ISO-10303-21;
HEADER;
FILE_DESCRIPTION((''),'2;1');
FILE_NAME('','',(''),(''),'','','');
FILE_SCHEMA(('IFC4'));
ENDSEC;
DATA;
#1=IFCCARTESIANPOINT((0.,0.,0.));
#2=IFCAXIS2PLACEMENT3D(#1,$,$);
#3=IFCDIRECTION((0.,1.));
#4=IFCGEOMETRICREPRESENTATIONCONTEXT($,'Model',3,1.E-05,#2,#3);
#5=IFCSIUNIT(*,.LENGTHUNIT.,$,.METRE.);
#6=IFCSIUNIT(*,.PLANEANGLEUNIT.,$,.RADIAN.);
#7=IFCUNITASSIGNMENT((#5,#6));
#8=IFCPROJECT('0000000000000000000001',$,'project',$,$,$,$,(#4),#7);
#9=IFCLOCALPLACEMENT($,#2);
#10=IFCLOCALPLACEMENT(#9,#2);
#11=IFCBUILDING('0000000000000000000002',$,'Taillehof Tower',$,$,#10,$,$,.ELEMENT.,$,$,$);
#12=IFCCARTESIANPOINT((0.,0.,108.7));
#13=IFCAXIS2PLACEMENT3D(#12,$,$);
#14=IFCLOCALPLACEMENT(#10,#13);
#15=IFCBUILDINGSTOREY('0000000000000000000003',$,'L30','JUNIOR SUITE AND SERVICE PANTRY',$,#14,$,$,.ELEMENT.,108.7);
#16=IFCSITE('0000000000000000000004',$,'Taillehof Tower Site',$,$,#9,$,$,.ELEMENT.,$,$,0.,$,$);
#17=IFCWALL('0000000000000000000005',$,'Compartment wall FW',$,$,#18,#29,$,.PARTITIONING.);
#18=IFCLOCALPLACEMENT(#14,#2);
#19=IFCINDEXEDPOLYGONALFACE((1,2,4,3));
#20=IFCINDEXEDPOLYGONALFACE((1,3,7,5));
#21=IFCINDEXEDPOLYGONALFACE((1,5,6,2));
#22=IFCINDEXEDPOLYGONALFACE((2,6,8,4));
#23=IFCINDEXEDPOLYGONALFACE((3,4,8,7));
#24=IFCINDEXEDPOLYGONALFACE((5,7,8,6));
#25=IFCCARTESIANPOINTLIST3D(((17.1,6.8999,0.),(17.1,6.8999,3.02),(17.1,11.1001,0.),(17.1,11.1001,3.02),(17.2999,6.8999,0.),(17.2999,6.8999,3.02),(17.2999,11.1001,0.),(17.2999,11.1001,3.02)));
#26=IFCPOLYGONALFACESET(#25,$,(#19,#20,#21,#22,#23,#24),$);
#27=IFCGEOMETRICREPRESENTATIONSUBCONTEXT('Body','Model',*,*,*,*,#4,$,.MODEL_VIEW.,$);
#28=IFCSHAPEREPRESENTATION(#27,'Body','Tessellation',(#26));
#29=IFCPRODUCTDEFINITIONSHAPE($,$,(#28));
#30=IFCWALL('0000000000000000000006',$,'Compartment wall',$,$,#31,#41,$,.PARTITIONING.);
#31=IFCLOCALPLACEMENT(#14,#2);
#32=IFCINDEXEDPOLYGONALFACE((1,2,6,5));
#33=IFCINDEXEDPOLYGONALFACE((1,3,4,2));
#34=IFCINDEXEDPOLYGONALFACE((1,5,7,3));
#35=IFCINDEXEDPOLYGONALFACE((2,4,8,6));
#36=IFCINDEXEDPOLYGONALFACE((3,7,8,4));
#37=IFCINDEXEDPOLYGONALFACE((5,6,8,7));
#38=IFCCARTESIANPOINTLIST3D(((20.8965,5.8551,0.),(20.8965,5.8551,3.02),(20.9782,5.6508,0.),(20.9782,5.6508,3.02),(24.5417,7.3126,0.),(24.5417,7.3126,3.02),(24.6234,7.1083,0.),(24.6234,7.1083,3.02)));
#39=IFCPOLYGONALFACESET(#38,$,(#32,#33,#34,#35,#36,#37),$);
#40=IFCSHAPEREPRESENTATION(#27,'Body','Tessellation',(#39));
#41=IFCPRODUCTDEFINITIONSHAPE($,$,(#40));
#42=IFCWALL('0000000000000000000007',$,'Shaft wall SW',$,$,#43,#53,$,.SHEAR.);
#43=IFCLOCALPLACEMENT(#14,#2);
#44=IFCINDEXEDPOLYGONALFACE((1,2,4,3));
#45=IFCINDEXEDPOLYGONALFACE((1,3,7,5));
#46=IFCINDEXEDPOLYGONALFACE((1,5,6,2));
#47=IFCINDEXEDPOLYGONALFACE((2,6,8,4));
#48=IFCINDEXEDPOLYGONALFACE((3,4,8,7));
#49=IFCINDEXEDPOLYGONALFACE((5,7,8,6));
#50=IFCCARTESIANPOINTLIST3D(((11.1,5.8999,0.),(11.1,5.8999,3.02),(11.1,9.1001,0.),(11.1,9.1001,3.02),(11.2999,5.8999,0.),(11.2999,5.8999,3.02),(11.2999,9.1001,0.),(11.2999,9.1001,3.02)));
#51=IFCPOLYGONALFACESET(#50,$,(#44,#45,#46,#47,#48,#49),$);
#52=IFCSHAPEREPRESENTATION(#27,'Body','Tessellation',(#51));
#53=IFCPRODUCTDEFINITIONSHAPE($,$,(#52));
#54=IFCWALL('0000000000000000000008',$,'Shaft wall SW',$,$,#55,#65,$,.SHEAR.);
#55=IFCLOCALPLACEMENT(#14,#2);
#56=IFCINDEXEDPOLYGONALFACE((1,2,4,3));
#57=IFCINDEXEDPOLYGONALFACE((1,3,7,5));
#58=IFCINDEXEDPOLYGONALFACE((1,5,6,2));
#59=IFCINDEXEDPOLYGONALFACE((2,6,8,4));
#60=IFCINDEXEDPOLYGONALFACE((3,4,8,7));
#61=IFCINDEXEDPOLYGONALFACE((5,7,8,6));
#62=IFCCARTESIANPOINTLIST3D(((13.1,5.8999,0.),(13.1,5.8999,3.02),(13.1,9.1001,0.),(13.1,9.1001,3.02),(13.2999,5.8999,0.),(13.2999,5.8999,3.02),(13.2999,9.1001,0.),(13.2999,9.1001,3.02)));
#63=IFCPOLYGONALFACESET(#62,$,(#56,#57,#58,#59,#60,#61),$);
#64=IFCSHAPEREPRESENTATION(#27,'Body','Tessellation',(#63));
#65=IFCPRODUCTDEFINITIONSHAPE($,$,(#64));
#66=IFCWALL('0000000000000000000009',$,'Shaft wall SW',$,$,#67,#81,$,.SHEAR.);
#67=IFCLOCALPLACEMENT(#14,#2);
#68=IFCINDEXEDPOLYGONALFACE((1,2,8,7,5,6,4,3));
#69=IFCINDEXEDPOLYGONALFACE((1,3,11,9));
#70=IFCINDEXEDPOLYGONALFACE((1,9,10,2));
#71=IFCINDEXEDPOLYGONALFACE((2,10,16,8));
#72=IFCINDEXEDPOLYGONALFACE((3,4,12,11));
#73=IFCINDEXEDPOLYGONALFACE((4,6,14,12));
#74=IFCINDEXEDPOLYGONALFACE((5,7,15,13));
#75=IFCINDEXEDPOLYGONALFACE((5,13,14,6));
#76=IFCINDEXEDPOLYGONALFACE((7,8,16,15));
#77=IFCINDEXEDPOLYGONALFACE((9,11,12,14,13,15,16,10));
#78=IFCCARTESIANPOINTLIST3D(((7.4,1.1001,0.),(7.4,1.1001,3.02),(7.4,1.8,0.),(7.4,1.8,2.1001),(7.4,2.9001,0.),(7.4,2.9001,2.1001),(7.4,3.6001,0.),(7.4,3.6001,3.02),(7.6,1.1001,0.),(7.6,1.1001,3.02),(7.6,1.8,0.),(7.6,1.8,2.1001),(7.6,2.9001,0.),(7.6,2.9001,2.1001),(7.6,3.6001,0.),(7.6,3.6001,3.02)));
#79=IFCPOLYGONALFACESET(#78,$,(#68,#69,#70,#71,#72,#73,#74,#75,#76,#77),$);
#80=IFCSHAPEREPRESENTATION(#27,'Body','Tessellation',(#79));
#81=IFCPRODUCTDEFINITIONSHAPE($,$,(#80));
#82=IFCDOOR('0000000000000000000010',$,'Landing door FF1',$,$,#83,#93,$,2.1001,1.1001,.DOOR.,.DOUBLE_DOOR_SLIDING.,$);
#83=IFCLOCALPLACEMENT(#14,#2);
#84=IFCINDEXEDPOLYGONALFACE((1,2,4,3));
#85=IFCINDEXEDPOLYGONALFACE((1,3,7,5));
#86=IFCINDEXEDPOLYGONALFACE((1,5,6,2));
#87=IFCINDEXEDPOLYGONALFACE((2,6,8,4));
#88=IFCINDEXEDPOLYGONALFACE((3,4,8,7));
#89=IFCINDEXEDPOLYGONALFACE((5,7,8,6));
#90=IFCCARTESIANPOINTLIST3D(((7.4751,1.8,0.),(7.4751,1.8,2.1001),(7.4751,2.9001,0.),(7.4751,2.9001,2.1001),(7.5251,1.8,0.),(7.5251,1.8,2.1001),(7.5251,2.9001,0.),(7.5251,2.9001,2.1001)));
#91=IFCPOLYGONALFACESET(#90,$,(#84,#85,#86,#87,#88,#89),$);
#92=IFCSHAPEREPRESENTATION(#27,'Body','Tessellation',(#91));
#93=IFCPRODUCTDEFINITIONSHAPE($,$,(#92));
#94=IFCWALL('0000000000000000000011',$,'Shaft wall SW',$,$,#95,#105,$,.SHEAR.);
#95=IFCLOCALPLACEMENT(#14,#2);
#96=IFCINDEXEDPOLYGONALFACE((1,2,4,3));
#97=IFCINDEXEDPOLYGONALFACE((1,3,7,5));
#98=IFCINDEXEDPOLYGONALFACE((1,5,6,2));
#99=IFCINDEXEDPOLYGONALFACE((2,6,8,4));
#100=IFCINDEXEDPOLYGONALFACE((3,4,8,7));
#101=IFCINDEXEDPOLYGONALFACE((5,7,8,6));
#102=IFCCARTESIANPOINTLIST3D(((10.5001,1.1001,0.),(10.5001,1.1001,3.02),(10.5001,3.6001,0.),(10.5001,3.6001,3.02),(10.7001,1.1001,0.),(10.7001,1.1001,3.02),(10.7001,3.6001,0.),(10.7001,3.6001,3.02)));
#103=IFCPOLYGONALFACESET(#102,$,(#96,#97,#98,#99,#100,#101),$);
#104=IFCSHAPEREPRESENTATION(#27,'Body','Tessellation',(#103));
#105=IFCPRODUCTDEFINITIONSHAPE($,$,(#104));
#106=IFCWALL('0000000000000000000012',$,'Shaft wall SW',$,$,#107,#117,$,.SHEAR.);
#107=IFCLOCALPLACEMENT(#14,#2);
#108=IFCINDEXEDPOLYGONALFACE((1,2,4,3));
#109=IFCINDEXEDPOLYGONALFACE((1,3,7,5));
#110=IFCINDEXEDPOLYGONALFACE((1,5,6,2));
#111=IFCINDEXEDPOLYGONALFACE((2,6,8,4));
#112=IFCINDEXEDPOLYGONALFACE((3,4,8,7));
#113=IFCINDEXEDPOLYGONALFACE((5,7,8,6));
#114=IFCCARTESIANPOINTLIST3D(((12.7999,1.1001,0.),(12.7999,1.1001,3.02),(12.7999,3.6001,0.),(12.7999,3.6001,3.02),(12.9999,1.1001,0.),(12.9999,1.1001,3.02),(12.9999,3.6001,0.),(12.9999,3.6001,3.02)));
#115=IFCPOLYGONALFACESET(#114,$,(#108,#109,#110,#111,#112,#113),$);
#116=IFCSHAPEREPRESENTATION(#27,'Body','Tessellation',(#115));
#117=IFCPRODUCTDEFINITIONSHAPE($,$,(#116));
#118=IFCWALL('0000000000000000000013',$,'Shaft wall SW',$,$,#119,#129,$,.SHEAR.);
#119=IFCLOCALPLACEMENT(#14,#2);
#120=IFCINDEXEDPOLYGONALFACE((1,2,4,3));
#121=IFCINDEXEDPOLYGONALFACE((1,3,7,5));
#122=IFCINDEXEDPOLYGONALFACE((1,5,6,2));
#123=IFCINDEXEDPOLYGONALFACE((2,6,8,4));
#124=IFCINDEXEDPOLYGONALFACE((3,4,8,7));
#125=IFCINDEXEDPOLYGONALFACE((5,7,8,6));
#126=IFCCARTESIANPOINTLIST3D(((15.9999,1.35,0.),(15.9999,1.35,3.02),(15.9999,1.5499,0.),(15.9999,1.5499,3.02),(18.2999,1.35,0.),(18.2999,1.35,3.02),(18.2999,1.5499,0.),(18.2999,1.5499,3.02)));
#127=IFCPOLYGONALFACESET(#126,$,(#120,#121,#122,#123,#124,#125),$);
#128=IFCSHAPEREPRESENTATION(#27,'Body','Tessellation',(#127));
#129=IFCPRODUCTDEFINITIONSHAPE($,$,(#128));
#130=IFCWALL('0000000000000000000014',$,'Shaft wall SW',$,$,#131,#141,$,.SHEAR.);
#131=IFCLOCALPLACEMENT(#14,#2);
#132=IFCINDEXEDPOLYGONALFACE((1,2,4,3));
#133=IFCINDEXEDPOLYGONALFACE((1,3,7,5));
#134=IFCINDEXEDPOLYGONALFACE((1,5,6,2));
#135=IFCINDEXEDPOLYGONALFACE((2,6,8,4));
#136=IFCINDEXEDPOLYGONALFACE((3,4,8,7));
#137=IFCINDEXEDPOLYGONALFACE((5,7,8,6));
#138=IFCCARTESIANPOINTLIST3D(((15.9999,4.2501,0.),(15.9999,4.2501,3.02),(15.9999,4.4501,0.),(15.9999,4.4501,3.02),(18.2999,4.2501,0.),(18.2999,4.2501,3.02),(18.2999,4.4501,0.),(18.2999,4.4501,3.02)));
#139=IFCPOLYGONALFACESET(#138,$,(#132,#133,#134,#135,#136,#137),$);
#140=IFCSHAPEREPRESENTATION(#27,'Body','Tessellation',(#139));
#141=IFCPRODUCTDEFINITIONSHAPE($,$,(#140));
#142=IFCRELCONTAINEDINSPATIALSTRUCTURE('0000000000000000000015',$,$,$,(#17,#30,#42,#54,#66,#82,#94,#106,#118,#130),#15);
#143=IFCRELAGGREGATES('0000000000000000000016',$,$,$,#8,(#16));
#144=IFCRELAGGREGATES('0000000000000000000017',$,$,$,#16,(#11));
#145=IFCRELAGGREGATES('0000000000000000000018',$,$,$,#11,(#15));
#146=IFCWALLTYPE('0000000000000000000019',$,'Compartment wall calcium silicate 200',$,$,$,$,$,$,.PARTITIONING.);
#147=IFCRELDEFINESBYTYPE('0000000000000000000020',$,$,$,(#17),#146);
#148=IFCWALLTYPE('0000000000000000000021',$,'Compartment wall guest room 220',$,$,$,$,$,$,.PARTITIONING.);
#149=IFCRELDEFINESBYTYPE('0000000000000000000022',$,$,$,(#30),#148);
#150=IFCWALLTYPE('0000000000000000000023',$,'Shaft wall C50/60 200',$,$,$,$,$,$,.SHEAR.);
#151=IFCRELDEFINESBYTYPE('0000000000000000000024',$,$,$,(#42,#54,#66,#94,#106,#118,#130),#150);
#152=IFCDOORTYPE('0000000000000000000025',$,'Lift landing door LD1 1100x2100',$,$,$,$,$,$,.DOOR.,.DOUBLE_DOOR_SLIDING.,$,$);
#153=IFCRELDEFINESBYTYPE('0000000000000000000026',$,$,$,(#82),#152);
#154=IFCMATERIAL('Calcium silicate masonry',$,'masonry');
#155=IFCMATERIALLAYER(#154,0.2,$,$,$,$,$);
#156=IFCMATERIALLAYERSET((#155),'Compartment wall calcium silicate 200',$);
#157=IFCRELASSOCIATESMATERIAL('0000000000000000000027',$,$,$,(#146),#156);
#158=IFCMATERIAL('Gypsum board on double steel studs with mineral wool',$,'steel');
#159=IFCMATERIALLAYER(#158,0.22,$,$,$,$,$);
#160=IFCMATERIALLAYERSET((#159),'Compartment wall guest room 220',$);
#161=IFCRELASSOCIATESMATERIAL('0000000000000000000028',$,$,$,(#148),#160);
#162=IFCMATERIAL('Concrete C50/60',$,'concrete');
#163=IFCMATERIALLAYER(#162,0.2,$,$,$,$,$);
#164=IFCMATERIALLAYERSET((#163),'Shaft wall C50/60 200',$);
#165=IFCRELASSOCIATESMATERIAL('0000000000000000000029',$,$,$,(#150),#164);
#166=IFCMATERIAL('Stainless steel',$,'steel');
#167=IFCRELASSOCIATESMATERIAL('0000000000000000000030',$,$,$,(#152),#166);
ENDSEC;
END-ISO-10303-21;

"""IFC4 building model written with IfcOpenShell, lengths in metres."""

from ifc_helpers import new_model, si_unit, direction, frame, frame_2d, origin, place, context, subcontext, project, spatial, rectangle, extrude, material, layer, layer_set, type_object, element, fill, save


model = new_model("IFC4")

# Units and contexts
model_context = context("Model", 3, precision=1e-05, world=origin(), true_north=direction((0.0, 1.0)))
body_context = subcontext(model_context, "Body", "Model", "MODEL_VIEW")
ifc_project = project(units=[si_unit("LENGTHUNIT", "METRE"), si_unit("PLANEANGLEUNIT", "RADIAN")], contexts=[model_context])

# Site, building, storey
site_placement = place(None, origin())
site = spatial("IfcSite", under=ifc_project, at=site_placement, Name="Taillehof Tower Site", CompositionType="ELEMENT", RefElevation=0.0)
building_placement = place(site_placement, origin())
building = spatial("IfcBuilding", under=site, at=building_placement, Name="Taillehof Tower", CompositionType="ELEMENT")
storey_placement = place(building_placement, frame((0.0, 0.0, 108.7)))
storey = spatial("IfcBuildingStorey", under=building, at=storey_placement, Name="L30", Description="JUNIOR SUITE AND SERVICE PANTRY", CompositionType="ELEMENT", Elevation=108.7)

# Shared definitions
ifc_material_1 = material(Name="Calcium silicate masonry", Category="masonry")
ifc_layer_1 = layer(ifc_material_1, 0.2)
ifc_layer_set_1 = layer_set([ifc_layer_1], Name="Compartment wall calcium silicate 200")
wall_type_1 = type_object("IfcWallType", Name="Compartment wall calcium silicate 200", PredefinedType="PARTITIONING", material=ifc_layer_set_1)

# Walls
wall_1_placement = place(storey_placement, frame((17.2, 6.8999, 0.0), z_axis=(0.0, 0.0, 1.0), x_axis=(0.0, 1.0, 0.0)))
element("IfcWall", 1, at=wall_1_placement, inside=storey, type_object=wall_type_1, Name="Compartment wall FW", PredefinedType="PARTITIONING", context=body_context, shape_type="SweptSolid", body=[
    extrude(rectangle(XDim=4.2002, YDim=0.2, at=frame_2d((2.1001, 0.0))), origin(), (0.0, 0.0, 1.0), 3.02),
])
ifc_material_2 = material(Name="Gypsum board on double steel studs with mineral wool", Category="steel")
ifc_layer_2 = layer(ifc_material_2, 0.22)
ifc_layer_set_2 = layer_set([ifc_layer_2], Name="Compartment wall guest room 220")
wall_type_2 = type_object("IfcWallType", Name="Compartment wall guest room 220", PredefinedType="PARTITIONING", material=ifc_layer_set_2)
wall_2_placement = place(storey_placement, frame((24.5825, 7.2104, 0.0), z_axis=(0.0, 0.0, 1.0), x_axis=(-0.928528, -0.371262, 0.0)))
element("IfcWall", 2, at=wall_2_placement, inside=storey, type_object=wall_type_2, Name="Compartment wall", PredefinedType="PARTITIONING", context=body_context, shape_type="SweptSolid", body=[
    extrude(rectangle(XDim=3.9258, YDim=0.22, at=frame_2d((1.9629, 0.0))), origin(), (0.0, 0.0, 1.0), 3.02),
])
ifc_material_3 = material(Name="Concrete C50/60", Category="concrete")
ifc_layer_3 = layer(ifc_material_3, 0.2)
ifc_layer_set_3 = layer_set([ifc_layer_3], Name="Shaft wall C50/60 200")
wall_type_3 = type_object("IfcWallType", Name="Shaft wall C50/60 200", PredefinedType="SHEAR", material=ifc_layer_set_3)
for number, where, z_axis, x_axis, name in (
    (3, (11.2, 5.8999, 0.0), (0.0, 0.0, 1.0), (0.0, 1.0, 0.0), "Shaft wall SW"),
    (4, (13.2, 5.8999, 0.0), (0.0, 0.0, 1.0), (0.0, 1.0, 0.0), "Shaft wall SW"),
):
    element("IfcWall", number, at=place(storey_placement, frame(where, z_axis=z_axis, x_axis=x_axis)), inside=storey, type_object=wall_type_3, Name=name, PredefinedType="SHEAR", context=body_context, shape_type="SweptSolid", body=[
        extrude(rectangle(XDim=3.2002, YDim=0.2, at=frame_2d((1.6001, 0.0))), origin(), (0.0, 0.0, 1.0), 3.02),
    ])

# Wall, opening, door
wall_3_placement = place(storey_placement, frame((7.5, 1.1001, 0.0), z_axis=(0.0, 0.0, 1.0), x_axis=(0.0, 1.0, 0.0)))
wall_3 = element("IfcWall", 5, at=wall_3_placement, inside=storey, type_object=wall_type_3, Name="Shaft wall SW", PredefinedType="SHEAR", context=body_context, shape_type="SweptSolid", body=[
    extrude(rectangle(XDim=2.5, YDim=0.2, at=frame_2d((1.25, 0.0))), origin(), (0.0, 0.0, 1.0), 3.02),
])
opening_1_placement = place(wall_3_placement, frame((0.7, 0.0, 0.0)))
opening_1 = element("IfcOpeningElement", 6, at=opening_1_placement, cuts=wall_3, PredefinedType="OPENING", context=body_context, shape_type="SweptSolid", body=[
    extrude(rectangle(XDim=1.1001, YDim=2.1001, at=frame_2d((0.55, 1.05))), frame((0.0, 0.1099, 0.0), z_axis=(0.0, -1.0, 0.0), x_axis=(1.0, 0.0, 0.0)), (0.0, 0.0, 1.0), 0.22),
])
ifc_material_4 = material(Name="Stainless steel", Category="steel")
door_type_1 = type_object("IfcDoorType", Name="Lift landing door LD1 1100x2100", OperationType="DOUBLE_DOOR_SLIDING", PredefinedType="DOOR", material=ifc_material_4)
door_1_placement = place(opening_1_placement, origin())
door_1 = element("IfcDoor", 7, at=door_1_placement, inside=storey, type_object=door_type_1, Name="Landing door FF1", OperationType="DOUBLE_DOOR_SLIDING", OverallHeight=2.1001, OverallWidth=1.1001, PredefinedType="DOOR", context=body_context, shape_type="SweptSolid", body=[
    extrude(rectangle(XDim=1.1001, YDim=2.1001, at=frame_2d((0.55, 1.05))), frame((0.0, 0.0249, 0.0), z_axis=(0.0, -1.0, 0.0), x_axis=(1.0, 0.0, 0.0)), (0.0, 0.0, 1.0), 0.05),
])
fill(opening_1, door_1)

# Walls
for number, where, z_axis, x_axis, name in (
    (8, (10.6001, 1.1001, 0.0), (0.0, 0.0, 1.0), (0.0, 1.0, 0.0), "Shaft wall SW"),
    (9, (12.8999, 1.1001, 0.0), (0.0, 0.0, 1.0), (0.0, 1.0, 0.0), "Shaft wall SW"),
):
    element("IfcWall", number, at=place(storey_placement, frame(where, z_axis=z_axis, x_axis=x_axis)), inside=storey, type_object=wall_type_3, Name=name, PredefinedType="SHEAR", context=body_context, shape_type="SweptSolid", body=[
        extrude(rectangle(XDim=2.5, YDim=0.2, at=frame_2d((1.25, 0.0))), origin(), (0.0, 0.0, 1.0), 3.02),
    ])
for number, where, z_axis, x_axis, name in (
    (10, (16.0, 1.45, 0.0), (0.0, 0.0, 1.0), (1.0, 0.0, 0.0), "Shaft wall SW"),
    (11, (16.0, 4.3501, 0.0), (0.0, 0.0, 1.0), (1.0, 0.0, 0.0), "Shaft wall SW"),
):
    element("IfcWall", number, at=place(storey_placement, frame(where, z_axis=z_axis, x_axis=x_axis)), inside=storey, type_object=wall_type_3, Name=name, PredefinedType="SHEAR", context=body_context, shape_type="SweptSolid", body=[
        extrude(rectangle(XDim=2.3, YDim=0.2, at=frame_2d((1.1499, 0.0))), origin(), (0.0, 0.0, 1.0), 3.02),
    ])

save(model, "model.ifc")
